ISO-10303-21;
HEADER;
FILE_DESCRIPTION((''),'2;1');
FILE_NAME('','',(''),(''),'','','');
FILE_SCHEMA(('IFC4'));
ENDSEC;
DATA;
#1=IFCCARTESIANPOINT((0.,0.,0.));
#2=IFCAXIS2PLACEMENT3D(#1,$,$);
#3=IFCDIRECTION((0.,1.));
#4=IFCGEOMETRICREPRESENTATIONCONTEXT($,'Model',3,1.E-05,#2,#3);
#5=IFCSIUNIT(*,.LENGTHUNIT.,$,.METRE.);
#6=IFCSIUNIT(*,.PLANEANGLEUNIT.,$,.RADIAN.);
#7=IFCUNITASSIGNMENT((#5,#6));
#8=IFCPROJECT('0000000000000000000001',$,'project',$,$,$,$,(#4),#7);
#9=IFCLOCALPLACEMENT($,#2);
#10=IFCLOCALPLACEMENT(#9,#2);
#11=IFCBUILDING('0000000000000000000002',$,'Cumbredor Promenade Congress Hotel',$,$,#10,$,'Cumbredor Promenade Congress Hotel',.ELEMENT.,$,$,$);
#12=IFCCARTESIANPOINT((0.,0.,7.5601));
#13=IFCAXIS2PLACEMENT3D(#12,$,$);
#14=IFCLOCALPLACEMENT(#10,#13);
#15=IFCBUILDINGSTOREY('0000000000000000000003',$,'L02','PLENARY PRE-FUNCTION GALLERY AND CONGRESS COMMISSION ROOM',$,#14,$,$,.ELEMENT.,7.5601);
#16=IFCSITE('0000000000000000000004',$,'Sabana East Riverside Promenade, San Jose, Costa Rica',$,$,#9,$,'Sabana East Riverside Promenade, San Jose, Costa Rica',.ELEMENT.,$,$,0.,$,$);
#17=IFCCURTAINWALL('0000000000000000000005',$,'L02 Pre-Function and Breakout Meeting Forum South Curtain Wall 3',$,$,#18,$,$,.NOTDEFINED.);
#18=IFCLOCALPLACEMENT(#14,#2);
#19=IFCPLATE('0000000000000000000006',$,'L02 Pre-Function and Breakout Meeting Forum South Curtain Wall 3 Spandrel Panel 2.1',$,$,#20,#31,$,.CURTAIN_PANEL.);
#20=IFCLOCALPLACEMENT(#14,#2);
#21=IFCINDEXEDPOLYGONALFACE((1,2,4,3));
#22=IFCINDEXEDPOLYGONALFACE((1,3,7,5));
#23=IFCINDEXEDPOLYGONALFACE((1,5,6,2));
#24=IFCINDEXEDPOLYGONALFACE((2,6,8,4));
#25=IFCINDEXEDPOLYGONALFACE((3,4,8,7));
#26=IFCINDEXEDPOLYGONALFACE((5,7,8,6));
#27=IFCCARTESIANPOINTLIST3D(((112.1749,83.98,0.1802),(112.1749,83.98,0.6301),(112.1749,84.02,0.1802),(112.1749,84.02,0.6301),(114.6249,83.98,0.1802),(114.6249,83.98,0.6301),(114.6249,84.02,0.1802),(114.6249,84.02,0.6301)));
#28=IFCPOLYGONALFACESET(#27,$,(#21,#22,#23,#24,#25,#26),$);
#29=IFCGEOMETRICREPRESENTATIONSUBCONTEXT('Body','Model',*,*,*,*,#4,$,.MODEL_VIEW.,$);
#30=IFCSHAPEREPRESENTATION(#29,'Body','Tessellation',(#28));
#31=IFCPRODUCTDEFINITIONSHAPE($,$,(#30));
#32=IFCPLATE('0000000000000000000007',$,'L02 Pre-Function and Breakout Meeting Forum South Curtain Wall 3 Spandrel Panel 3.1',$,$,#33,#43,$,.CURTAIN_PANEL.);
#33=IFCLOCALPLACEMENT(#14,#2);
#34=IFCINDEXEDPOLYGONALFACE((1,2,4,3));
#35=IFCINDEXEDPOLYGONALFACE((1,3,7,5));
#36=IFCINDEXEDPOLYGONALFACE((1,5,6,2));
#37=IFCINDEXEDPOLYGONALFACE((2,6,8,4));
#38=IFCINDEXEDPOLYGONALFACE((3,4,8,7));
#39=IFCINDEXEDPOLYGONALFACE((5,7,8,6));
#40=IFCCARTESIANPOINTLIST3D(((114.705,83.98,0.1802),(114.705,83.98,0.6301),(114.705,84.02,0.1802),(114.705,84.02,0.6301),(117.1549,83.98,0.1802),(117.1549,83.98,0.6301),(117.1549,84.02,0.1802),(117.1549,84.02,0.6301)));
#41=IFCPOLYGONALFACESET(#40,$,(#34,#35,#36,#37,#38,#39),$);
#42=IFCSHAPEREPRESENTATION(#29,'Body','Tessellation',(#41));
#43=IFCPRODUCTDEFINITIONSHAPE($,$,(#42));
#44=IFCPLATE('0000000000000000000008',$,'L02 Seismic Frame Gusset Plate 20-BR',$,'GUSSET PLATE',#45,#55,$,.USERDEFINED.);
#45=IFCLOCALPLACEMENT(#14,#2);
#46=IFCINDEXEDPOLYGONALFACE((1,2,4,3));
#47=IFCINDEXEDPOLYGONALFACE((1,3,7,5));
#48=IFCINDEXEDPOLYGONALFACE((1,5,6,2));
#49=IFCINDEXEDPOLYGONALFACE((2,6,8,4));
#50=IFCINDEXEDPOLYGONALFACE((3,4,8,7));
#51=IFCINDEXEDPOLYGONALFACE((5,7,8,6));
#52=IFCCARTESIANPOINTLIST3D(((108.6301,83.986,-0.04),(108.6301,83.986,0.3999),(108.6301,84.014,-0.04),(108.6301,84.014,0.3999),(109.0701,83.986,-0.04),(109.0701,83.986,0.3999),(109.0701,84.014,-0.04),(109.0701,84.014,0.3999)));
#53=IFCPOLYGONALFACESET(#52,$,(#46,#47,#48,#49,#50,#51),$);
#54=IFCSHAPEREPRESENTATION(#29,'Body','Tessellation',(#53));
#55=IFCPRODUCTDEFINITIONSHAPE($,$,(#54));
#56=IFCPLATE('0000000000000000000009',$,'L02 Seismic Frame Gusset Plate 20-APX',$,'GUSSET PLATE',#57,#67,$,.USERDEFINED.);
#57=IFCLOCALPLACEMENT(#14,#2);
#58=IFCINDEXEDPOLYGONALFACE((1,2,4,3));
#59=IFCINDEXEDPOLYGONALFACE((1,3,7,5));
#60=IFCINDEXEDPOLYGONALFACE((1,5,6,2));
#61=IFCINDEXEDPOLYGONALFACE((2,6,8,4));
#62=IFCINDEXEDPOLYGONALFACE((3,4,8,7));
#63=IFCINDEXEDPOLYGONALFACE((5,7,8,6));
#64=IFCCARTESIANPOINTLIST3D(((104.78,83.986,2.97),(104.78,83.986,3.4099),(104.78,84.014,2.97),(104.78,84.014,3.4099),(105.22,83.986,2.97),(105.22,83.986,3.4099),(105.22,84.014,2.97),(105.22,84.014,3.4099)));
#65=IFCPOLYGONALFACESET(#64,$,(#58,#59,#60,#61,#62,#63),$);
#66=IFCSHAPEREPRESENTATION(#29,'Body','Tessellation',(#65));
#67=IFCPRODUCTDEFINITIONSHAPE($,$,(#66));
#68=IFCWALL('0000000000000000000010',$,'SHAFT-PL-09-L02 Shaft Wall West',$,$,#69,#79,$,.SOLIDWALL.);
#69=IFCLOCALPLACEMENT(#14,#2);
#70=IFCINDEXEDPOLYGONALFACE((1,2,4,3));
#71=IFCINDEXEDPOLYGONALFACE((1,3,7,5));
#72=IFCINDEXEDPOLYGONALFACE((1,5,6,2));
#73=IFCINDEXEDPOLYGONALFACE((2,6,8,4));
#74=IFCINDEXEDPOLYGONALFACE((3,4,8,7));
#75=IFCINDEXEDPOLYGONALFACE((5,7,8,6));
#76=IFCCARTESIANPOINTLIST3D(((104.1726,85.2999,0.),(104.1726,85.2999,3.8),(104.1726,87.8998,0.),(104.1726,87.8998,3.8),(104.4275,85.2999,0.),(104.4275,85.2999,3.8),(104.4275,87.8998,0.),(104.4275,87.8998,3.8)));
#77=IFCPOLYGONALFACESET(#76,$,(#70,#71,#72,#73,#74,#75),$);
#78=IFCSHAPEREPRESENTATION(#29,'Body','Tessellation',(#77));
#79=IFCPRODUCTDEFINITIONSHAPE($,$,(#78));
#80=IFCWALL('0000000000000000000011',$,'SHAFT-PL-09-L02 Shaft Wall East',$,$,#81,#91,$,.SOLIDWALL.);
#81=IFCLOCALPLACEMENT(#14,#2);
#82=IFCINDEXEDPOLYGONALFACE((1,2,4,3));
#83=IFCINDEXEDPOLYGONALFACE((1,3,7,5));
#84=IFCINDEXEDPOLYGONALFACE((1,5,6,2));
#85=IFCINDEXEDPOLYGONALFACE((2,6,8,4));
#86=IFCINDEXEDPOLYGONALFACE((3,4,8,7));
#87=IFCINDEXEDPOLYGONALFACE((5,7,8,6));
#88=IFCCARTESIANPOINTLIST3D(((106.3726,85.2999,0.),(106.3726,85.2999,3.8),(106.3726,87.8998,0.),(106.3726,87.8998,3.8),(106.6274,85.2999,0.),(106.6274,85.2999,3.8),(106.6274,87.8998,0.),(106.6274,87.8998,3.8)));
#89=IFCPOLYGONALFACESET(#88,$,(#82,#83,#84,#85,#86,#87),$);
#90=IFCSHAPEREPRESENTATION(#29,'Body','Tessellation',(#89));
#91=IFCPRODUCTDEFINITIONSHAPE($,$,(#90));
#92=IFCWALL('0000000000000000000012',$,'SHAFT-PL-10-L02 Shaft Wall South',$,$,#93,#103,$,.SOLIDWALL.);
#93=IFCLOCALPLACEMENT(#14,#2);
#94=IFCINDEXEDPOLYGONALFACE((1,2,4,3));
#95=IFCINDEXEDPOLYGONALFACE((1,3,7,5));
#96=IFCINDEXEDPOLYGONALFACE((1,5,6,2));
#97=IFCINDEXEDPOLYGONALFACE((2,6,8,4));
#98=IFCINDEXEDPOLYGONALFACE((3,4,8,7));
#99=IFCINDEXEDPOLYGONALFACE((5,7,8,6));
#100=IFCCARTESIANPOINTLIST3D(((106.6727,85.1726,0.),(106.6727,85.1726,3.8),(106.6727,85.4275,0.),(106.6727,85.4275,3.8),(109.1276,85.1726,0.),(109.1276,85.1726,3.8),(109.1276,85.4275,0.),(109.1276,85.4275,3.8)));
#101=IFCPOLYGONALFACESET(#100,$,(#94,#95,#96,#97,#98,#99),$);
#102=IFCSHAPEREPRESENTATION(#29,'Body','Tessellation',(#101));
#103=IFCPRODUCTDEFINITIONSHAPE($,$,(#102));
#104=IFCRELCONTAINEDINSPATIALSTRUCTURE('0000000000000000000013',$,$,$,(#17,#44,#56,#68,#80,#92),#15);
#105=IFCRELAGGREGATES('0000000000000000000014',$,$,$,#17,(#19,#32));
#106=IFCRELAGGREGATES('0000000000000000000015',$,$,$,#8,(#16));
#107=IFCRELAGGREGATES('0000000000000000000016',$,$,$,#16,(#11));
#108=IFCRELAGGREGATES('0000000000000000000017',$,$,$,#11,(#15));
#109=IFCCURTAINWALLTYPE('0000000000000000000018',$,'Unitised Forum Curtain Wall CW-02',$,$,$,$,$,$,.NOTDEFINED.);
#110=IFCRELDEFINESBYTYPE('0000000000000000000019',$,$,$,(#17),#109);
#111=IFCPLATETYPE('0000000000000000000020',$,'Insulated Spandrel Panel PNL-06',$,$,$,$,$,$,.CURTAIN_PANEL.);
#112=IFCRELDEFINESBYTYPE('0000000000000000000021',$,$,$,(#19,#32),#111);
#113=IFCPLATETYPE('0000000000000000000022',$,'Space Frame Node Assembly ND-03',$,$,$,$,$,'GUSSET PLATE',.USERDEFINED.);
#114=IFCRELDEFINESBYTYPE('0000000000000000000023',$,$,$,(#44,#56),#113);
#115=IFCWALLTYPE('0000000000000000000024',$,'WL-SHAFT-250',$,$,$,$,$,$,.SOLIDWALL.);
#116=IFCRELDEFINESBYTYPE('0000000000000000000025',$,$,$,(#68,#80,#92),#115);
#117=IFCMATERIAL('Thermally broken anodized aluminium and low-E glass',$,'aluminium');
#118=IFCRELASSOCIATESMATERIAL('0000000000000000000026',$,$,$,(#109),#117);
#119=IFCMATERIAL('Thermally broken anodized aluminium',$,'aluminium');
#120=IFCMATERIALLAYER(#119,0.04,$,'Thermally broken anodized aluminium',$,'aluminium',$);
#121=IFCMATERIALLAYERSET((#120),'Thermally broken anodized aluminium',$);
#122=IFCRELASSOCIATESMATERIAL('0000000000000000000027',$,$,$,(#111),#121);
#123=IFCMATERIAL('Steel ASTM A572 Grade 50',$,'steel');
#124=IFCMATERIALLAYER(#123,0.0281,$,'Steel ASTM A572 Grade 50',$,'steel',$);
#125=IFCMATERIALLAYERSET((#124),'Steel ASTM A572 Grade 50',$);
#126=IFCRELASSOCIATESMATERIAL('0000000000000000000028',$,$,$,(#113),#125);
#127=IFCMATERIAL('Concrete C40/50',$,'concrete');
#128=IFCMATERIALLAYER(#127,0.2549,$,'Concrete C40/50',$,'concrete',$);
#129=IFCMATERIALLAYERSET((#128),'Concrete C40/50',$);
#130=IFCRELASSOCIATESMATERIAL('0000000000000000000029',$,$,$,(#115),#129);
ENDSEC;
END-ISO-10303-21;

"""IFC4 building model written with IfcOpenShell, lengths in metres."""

from ifc_helpers import new_model, si_unit, direction, frame, frame_2d, origin, origin_2d, place, context, subcontext, project, spatial, rectangle, extrude, material, layer, layer_set, type_object, element, aggregate, save


model = new_model("IFC4")

# Units and contexts
model_context = context("Model", 3, precision=1e-05, world=origin(), true_north=direction((0.0, 1.0)))
body_context = subcontext(model_context, "Body", "Model", "MODEL_VIEW")
ifc_project = project(units=[si_unit("LENGTHUNIT", "METRE"), si_unit("PLANEANGLEUNIT", "RADIAN")], contexts=[model_context])

# Site, building, storey
site_placement = place(None, origin())
site = spatial("IfcSite", under=ifc_project, at=site_placement, Name="Sabana East Riverside Promenade, San Jose, Costa Rica", LongName="Sabana East Riverside Promenade, San Jose, Costa Rica", CompositionType="ELEMENT", RefElevation=0.0)
building_placement = place(site_placement, origin())
building = spatial("IfcBuilding", under=site, at=building_placement, Name="Cumbredor Promenade Congress Hotel", LongName="Cumbredor Promenade Congress Hotel", CompositionType="ELEMENT")
storey_placement = place(building_placement, frame((0.0, 0.0, 7.5601)))
storey = spatial("IfcBuildingStorey", under=building, at=storey_placement, Name="L02", Description="PLENARY PRE-FUNCTION GALLERY AND CONGRESS COMMISSION ROOM", CompositionType="ELEMENT", Elevation=7.5601)

# Shared definitions
ifc_material_1 = material(Name="Concrete C40/50", Category="concrete")

# Curtain wall
ifc_material_2 = material(Name="Thermally broken anodized aluminium and low-E glass", Category="aluminium")
curtain_wall_type = type_object("IfcCurtainWallType", Name="Unitised Forum Curtain Wall CW-02", PredefinedType="NOTDEFINED", material=ifc_material_2)
curtain_wall_placement = place(storey_placement, origin())
curtain_wall = element("IfcCurtainWall", 1, at=curtain_wall_placement, inside=storey, type_object=curtain_wall_type, Name="L02 Pre-Function and Breakout Meeting Forum South Curtain Wall 3", PredefinedType="NOTDEFINED")
ifc_material_3 = material(Name="Thermally broken anodized aluminium", Category="aluminium")

# Shared definitions
ifc_material_4 = material(Name="Steel ASTM A572 Grade 50", Category="steel")

# Plates
ifc_layer_1 = layer(ifc_material_3, 0.04, Name="Thermally broken anodized aluminium", Category="aluminium")
ifc_layer_set_1 = layer_set([ifc_layer_1], Name="Thermally broken anodized aluminium")
plate_type_1 = type_object("IfcPlateType", Name="Insulated Spandrel Panel PNL-06", PredefinedType="CURTAIN_PANEL", material=ifc_layer_set_1)
plate_1_placement = place(storey_placement, frame((113.3999, 84.0, 0.1802), z_axis=(0.0, 0.0, 1.0), x_axis=(1.0, 0.0, 0.0)))
plate_1 = element("IfcPlate", 2, at=plate_1_placement, type_object=plate_type_1, Name="L02 Pre-Function and Breakout Meeting Forum South Curtain Wall 3 Spandrel Panel 2.1", PredefinedType="CURTAIN_PANEL", context=body_context, shape_type="SweptSolid", body=[
    extrude(rectangle(XDim=2.45, YDim=0.04, at=origin_2d()), origin(), (0.0, 0.0, 1.0), 0.45),
])
plate_2_placement = place(storey_placement, frame((115.9299, 84.0, 0.1802), z_axis=(0.0, 0.0, 1.0), x_axis=(1.0, 0.0, 0.0)))
plate_2 = element("IfcPlate", 3, at=plate_2_placement, type_object=plate_type_1, Name="L02 Pre-Function and Breakout Meeting Forum South Curtain Wall 3 Spandrel Panel 3.1", PredefinedType="CURTAIN_PANEL", context=body_context, shape_type="SweptSolid", body=[
    extrude(rectangle(XDim=2.45, YDim=0.04, at=origin_2d()), origin(), (0.0, 0.0, 1.0), 0.45),
])
aggregate(curtain_wall, [plate_1, plate_2])

# Plates
ifc_layer_2 = layer(ifc_material_4, 0.0281, Name="Steel ASTM A572 Grade 50", Category="steel")
ifc_layer_set_2 = layer_set([ifc_layer_2], Name="Steel ASTM A572 Grade 50")
plate_type_2 = type_object("IfcPlateType", Name="Space Frame Node Assembly ND-03", ElementType="GUSSET PLATE", PredefinedType="USERDEFINED", material=ifc_layer_set_2)
for number, where, z_axis, x_axis, name in (
    (4, (108.8501, 84.0, -0.04), (0.0, 0.0, 1.0), (1.0, 0.0, 0.0), "L02 Seismic Frame Gusset Plate 20-BR"),
    (5, (105.0, 84.0, 2.97), (0.0, 0.0, 1.0), (1.0, 0.0, 0.0), "L02 Seismic Frame Gusset Plate 20-APX"),
):
    element("IfcPlate", number, at=place(storey_placement, frame(where, z_axis=z_axis, x_axis=x_axis)), inside=storey, type_object=plate_type_2, Name=name, ObjectType="GUSSET PLATE", PredefinedType="USERDEFINED", context=body_context, shape_type="SweptSolid", body=[
        extrude(rectangle(XDim=0.4399, YDim=0.0281, at=origin_2d()), origin(), (0.0, 0.0, 1.0), 0.4399),
    ])

# Walls
ifc_layer_3 = layer(ifc_material_1, 0.2549, Name="Concrete C40/50", Category="concrete")
ifc_layer_set_3 = layer_set([ifc_layer_3], Name="Concrete C40/50")
wall_type = type_object("IfcWallType", Name="WL-SHAFT-250", PredefinedType="SOLIDWALL", material=ifc_layer_set_3)
for number, where, z_axis, x_axis, name in (
    (6, (104.3, 85.3, 0.0), (0.0, 0.0, 1.0), (0.0, 1.0, 0.0), "SHAFT-PL-09-L02 Shaft Wall West"),
    (7, (106.5, 85.3, 0.0), (0.0, 0.0, 1.0), (0.0, 1.0, 0.0), "SHAFT-PL-09-L02 Shaft Wall East"),
):
    element("IfcWall", number, at=place(storey_placement, frame(where, z_axis=z_axis, x_axis=x_axis)), inside=storey, type_object=wall_type, Name=name, PredefinedType="SOLIDWALL", context=body_context, shape_type="SweptSolid", body=[
        extrude(rectangle(XDim=2.5999, YDim=0.2549, at=frame_2d((1.2998, 0.0))), origin(), (0.0, 0.0, 1.0), 3.8),
    ])
wall_placement = place(storey_placement, frame((106.6726, 85.3, 0.0), z_axis=(0.0, 0.0, 1.0), x_axis=(1.0, 0.0, 0.0)))
element("IfcWall", 8, at=wall_placement, inside=storey, type_object=wall_type, Name="SHAFT-PL-10-L02 Shaft Wall South", PredefinedType="SOLIDWALL", context=body_context, shape_type="SweptSolid", body=[
    extrude(rectangle(XDim=2.4548, YDim=0.2549, at=frame_2d((1.2275, 0.0))), origin(), (0.0, 0.0, 1.0), 3.8),
])

save(model, "model.ifc")
